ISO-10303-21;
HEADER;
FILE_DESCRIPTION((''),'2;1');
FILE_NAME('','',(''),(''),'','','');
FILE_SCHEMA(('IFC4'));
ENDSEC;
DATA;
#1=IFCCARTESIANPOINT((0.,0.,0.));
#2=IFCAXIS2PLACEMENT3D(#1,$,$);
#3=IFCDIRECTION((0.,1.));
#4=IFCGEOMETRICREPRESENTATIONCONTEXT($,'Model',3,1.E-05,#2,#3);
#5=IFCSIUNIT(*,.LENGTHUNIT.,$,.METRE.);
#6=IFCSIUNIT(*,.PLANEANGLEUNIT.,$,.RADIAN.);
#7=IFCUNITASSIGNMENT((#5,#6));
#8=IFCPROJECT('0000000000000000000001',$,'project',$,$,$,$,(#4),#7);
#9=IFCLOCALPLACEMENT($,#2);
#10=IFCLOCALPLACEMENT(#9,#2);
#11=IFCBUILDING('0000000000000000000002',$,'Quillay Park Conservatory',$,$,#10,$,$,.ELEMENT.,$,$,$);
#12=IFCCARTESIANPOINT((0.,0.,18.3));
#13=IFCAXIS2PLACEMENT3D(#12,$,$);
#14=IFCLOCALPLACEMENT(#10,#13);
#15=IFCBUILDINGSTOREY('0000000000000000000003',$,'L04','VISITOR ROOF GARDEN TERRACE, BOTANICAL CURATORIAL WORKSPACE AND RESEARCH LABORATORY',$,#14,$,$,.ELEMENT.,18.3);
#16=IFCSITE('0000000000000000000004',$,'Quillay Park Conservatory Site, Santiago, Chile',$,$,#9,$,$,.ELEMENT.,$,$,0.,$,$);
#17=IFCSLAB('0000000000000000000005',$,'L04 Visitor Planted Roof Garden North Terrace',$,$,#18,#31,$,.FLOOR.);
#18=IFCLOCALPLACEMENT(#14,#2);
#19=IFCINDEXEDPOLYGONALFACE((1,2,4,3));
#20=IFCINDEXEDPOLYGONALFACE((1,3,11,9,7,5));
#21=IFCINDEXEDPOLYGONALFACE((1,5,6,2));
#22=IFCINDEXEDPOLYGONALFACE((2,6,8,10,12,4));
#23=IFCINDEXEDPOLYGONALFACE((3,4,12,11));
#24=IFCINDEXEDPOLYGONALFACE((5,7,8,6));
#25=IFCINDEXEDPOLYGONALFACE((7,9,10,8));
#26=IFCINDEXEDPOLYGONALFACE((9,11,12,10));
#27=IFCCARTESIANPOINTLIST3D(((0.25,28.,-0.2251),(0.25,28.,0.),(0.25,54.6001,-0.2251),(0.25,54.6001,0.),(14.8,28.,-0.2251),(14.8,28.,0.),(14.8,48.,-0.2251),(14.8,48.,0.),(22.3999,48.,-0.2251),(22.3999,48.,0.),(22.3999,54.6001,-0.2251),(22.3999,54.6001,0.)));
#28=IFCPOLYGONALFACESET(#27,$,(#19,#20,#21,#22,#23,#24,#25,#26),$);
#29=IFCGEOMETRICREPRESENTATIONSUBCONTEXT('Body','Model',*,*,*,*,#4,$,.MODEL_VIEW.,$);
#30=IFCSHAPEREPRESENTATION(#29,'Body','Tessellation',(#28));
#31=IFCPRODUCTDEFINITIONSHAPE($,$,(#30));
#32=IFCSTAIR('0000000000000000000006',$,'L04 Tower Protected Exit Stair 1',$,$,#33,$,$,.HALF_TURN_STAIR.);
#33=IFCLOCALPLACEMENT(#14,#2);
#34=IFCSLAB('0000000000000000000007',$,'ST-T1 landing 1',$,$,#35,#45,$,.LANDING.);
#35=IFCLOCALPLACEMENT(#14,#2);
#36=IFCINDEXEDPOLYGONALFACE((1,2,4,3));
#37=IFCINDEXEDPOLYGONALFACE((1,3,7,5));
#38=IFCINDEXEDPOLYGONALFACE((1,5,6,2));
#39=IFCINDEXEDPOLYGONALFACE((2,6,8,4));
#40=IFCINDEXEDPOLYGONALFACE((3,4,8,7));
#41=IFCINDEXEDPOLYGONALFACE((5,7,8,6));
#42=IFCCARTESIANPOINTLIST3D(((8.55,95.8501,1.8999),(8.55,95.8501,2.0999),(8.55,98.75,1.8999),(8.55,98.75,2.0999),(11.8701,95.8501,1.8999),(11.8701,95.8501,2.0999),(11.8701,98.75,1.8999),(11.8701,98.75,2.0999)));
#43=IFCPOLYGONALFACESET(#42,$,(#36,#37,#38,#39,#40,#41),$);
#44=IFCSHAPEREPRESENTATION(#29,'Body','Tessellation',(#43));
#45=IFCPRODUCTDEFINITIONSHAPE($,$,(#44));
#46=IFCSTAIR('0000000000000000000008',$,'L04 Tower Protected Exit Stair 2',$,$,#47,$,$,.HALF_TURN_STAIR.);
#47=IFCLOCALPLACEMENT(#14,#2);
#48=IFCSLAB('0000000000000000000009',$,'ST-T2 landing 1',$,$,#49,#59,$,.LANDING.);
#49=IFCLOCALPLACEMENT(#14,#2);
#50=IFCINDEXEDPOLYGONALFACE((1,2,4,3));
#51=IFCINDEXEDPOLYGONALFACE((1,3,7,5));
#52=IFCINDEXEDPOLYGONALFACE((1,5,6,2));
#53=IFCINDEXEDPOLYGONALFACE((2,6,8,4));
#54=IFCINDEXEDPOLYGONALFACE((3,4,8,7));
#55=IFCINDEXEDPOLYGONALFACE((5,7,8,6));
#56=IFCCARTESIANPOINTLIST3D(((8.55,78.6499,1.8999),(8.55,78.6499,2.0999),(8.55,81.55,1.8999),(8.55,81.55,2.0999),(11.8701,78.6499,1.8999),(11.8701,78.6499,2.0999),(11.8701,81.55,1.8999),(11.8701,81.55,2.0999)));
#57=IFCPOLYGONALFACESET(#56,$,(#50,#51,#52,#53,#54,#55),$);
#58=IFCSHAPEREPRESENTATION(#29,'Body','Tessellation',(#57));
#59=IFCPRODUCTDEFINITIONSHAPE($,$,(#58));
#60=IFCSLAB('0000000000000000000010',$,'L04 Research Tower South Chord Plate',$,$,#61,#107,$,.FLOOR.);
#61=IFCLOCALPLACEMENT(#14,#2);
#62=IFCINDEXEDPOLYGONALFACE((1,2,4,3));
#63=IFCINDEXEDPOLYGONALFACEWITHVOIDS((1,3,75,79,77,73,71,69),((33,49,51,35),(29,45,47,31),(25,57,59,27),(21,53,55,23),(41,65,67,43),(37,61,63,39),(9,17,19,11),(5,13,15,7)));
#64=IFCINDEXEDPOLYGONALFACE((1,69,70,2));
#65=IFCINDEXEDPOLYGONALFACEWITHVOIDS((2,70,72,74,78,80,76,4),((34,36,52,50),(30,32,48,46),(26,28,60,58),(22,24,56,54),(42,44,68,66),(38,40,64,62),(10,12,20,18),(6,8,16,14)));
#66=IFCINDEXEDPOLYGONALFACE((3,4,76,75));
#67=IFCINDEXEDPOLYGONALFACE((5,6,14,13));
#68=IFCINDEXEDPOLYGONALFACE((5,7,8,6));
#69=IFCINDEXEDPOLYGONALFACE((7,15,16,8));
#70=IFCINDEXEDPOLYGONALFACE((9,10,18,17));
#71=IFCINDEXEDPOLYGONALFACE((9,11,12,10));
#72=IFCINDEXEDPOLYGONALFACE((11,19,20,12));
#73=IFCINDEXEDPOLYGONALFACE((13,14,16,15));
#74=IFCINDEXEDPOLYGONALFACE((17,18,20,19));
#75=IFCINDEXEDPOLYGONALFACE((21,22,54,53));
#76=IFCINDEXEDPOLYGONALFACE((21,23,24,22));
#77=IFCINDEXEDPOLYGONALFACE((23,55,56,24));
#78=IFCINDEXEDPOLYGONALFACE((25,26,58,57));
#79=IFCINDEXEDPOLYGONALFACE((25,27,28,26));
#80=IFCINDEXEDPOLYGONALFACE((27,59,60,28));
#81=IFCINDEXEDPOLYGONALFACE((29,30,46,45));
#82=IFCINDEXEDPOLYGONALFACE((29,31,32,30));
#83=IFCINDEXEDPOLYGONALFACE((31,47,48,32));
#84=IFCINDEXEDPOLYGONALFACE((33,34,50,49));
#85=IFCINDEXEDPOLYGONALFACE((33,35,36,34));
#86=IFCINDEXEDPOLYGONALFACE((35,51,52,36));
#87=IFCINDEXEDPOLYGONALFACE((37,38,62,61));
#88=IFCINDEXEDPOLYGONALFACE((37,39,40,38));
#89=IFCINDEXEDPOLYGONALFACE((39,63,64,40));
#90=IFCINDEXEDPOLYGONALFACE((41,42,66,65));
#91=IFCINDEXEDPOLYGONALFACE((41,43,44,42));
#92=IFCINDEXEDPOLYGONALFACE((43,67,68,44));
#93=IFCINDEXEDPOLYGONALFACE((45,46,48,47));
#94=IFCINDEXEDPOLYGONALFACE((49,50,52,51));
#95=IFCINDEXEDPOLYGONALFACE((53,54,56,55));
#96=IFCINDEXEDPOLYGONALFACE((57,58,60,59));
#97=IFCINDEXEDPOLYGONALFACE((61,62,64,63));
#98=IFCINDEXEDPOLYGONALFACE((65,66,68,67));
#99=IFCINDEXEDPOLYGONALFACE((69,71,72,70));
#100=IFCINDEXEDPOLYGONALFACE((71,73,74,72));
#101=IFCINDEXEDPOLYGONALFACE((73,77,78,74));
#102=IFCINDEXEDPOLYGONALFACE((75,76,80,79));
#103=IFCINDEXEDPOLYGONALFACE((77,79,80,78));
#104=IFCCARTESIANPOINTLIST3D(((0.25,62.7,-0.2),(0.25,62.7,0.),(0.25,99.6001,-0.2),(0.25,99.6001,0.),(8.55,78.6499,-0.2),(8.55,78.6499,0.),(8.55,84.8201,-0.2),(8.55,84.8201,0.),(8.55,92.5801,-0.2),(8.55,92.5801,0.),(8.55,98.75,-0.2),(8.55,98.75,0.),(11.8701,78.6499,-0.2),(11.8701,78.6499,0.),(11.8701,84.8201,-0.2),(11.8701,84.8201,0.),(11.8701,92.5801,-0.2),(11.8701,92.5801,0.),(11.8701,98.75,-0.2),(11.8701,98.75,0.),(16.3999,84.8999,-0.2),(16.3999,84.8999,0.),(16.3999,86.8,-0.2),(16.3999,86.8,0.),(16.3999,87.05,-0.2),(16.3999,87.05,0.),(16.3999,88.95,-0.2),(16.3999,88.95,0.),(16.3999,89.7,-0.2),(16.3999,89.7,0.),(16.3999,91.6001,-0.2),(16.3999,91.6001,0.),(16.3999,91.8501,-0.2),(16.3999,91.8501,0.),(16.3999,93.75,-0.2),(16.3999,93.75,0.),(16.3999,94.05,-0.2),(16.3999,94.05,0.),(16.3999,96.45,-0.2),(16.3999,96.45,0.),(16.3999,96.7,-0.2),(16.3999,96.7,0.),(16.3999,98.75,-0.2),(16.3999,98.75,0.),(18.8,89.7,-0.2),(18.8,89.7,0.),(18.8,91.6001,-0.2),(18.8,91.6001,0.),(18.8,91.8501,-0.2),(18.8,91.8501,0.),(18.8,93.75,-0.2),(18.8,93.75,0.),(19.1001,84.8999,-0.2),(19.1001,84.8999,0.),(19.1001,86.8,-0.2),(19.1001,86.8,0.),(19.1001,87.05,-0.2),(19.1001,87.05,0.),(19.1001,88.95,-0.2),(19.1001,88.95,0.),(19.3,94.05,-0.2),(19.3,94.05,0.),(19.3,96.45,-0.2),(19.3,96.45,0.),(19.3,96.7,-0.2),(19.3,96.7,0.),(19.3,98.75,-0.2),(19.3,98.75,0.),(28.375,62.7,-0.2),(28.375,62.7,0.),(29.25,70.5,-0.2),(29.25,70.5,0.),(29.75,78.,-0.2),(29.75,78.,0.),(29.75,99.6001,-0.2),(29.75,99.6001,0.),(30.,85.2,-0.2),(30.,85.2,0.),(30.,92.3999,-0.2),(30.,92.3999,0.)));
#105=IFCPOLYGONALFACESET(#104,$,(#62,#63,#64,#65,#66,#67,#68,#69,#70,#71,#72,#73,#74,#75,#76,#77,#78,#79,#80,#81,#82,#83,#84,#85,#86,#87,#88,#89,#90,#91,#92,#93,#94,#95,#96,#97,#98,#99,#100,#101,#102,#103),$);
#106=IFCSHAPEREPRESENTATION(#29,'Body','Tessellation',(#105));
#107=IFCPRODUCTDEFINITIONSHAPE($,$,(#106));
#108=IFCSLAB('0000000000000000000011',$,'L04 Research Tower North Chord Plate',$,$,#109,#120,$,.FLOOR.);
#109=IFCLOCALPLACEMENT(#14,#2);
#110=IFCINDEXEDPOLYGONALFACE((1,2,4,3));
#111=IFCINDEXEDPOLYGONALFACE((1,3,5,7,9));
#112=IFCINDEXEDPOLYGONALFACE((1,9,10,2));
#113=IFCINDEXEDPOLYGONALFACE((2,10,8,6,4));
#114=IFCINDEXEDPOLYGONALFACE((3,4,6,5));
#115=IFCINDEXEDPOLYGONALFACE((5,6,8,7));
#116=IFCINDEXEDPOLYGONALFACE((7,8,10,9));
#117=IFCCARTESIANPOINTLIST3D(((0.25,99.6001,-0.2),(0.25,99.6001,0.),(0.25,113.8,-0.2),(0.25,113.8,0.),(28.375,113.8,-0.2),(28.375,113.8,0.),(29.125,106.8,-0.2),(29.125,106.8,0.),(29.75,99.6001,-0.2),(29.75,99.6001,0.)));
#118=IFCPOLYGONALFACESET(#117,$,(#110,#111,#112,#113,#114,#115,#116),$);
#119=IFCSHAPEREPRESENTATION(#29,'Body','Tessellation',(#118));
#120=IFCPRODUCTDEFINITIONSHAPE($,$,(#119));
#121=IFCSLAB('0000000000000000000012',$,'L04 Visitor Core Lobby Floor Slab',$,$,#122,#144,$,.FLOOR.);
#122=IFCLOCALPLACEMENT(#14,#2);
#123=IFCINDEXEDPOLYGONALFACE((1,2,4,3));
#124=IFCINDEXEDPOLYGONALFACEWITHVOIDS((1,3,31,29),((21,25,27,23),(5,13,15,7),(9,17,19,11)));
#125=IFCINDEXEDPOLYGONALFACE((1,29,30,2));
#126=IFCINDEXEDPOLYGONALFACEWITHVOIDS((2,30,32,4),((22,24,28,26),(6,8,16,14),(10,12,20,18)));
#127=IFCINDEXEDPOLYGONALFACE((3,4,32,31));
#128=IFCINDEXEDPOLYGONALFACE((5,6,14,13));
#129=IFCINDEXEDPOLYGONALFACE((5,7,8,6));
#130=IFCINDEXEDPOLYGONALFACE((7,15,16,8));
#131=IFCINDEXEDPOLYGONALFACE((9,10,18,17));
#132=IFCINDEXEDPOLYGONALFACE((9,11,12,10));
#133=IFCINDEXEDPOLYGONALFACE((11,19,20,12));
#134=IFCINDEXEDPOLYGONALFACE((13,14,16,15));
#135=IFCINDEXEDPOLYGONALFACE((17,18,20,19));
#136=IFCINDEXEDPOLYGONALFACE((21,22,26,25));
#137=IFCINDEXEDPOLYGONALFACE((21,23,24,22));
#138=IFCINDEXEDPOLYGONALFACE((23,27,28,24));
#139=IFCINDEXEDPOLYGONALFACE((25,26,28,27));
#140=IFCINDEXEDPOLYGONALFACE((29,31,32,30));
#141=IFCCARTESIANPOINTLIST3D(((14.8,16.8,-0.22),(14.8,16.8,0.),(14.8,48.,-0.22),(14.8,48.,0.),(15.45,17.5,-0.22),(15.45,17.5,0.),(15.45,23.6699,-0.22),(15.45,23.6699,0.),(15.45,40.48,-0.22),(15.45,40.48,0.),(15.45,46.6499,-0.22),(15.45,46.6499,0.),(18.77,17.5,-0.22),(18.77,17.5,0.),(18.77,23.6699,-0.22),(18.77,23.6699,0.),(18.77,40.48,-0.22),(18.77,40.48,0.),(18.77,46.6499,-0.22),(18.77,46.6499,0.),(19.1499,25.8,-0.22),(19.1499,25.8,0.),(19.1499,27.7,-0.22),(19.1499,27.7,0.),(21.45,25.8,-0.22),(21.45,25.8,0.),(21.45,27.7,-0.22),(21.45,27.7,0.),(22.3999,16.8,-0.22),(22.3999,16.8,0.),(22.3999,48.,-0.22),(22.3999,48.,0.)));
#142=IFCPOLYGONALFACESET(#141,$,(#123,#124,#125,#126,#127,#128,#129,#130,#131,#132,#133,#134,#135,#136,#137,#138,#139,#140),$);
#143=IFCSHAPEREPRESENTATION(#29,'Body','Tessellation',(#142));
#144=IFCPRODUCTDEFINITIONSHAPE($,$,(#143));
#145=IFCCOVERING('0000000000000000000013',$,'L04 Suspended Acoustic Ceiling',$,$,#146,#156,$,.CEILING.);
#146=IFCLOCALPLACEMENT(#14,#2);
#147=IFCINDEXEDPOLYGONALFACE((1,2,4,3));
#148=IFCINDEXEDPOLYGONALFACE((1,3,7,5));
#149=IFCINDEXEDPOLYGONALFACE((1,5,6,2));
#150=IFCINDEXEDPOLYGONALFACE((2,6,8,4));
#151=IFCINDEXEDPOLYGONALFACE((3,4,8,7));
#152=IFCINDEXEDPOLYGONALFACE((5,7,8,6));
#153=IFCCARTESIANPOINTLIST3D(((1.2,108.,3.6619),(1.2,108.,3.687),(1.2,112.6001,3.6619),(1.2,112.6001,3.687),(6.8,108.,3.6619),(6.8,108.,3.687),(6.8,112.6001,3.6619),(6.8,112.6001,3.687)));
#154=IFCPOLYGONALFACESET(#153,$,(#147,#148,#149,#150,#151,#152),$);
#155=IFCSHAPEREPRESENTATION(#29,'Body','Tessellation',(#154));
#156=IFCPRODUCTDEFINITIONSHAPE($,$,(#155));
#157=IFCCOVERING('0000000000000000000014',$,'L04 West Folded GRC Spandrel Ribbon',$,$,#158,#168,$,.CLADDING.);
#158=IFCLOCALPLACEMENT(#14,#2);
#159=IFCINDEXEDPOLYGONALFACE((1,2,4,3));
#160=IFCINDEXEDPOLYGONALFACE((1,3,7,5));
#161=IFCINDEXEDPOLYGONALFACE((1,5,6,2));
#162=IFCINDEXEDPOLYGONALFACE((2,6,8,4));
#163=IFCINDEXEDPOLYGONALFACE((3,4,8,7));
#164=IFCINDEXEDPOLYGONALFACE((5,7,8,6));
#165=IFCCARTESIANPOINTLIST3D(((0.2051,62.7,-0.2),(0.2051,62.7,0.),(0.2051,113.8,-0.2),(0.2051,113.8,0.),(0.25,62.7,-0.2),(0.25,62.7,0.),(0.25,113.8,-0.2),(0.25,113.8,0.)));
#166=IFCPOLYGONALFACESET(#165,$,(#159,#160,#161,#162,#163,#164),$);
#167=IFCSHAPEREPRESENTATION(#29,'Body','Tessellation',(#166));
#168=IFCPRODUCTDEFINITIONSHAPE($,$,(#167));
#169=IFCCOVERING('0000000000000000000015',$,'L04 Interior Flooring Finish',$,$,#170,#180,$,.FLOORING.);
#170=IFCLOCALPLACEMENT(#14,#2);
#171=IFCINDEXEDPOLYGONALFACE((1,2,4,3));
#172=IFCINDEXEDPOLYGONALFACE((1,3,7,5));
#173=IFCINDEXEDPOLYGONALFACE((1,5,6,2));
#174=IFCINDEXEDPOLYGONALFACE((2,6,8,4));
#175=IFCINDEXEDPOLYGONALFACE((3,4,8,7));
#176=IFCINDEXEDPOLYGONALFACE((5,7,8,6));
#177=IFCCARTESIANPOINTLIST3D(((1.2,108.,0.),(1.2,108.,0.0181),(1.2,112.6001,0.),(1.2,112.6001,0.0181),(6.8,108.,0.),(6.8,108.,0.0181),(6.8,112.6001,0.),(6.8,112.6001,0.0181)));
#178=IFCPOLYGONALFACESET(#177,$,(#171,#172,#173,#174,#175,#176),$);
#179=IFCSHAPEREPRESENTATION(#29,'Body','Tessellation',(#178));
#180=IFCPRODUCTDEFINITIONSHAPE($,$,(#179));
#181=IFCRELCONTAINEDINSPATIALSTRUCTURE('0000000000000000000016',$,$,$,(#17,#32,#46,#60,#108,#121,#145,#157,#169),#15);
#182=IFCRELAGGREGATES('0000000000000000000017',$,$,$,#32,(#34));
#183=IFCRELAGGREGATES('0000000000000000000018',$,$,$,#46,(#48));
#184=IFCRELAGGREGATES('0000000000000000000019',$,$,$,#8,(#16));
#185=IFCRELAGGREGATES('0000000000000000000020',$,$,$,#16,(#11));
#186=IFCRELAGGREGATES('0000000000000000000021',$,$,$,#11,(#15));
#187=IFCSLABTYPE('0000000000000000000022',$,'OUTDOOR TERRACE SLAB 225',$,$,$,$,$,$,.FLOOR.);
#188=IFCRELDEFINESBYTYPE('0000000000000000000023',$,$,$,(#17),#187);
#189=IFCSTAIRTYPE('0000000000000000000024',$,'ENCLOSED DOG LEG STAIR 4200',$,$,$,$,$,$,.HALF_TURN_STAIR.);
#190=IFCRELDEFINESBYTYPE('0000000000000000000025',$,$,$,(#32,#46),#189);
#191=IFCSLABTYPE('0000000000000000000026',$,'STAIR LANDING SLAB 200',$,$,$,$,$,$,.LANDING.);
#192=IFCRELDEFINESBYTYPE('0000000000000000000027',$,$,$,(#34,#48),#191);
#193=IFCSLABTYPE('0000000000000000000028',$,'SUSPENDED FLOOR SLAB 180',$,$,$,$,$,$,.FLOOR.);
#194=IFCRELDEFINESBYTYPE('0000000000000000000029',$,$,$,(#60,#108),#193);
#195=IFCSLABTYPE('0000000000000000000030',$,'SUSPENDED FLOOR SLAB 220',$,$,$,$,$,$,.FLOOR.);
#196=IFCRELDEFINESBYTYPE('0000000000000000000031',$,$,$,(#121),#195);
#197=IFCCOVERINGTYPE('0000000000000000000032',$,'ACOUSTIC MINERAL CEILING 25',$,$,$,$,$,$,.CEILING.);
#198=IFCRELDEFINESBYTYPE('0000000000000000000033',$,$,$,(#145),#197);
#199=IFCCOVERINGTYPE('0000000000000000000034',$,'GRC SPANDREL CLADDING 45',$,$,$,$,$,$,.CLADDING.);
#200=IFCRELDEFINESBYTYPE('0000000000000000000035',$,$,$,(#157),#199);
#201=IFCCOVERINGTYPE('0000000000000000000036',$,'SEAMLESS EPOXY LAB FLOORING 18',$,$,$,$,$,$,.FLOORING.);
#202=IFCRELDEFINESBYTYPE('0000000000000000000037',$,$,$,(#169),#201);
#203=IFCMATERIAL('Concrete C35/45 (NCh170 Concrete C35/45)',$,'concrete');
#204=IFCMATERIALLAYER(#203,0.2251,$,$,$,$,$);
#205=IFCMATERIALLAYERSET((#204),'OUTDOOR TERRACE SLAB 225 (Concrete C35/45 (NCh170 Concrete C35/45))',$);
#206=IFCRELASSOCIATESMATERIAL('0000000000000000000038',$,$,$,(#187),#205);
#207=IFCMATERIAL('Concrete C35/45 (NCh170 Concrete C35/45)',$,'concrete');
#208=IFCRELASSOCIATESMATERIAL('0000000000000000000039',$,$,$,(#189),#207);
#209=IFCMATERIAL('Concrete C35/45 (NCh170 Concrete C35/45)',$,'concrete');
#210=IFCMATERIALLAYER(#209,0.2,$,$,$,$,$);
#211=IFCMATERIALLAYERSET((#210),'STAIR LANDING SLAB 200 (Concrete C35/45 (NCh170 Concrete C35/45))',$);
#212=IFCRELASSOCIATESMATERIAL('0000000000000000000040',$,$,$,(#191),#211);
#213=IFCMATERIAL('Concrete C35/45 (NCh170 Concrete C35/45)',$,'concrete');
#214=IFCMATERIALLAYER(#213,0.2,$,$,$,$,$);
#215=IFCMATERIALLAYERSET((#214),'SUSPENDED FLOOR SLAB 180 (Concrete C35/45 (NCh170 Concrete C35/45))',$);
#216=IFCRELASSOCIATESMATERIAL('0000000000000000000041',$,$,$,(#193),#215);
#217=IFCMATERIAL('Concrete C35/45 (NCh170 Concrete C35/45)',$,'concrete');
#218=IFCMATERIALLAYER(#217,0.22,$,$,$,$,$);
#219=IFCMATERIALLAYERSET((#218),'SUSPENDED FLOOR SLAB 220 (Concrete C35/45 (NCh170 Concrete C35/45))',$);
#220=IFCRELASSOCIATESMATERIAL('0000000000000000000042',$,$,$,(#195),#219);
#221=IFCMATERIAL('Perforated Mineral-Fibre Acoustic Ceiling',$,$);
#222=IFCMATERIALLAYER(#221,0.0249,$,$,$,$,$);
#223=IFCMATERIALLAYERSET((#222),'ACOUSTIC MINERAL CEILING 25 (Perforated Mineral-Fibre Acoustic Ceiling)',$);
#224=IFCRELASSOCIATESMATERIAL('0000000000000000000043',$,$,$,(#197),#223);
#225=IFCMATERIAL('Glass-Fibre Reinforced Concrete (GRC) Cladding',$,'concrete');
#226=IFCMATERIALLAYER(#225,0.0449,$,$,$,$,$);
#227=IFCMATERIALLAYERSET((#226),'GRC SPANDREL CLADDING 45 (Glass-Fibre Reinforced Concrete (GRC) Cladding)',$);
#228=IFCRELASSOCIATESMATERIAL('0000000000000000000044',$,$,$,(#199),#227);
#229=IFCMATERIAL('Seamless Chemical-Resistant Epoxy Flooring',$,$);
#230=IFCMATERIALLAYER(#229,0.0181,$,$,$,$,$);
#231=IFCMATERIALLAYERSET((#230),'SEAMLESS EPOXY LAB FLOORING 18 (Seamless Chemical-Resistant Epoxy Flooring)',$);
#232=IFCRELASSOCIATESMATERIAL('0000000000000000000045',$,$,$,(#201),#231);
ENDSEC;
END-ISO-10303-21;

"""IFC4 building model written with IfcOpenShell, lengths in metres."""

from ifc_helpers import new_model, si_unit, direction, frame, origin, place, context, subcontext, project, spatial, polyline, outline, extrude, material, layer, layer_set, type_object, element, aggregate, save


model = new_model("IFC4")

# Units and contexts
model_context = context("Model", 3, precision=1e-05, world=origin(), true_north=direction((0.0, 1.0)))
body_context = subcontext(model_context, "Body", "Model", "MODEL_VIEW")
ifc_project = project(units=[si_unit("LENGTHUNIT", "METRE"), si_unit("PLANEANGLEUNIT", "RADIAN")], contexts=[model_context])

# Site, building, storey
site_placement = place(None, origin())
site = spatial("IfcSite", under=ifc_project, at=site_placement, Name="Quillay Park Conservatory Site, Santiago, Chile", CompositionType="ELEMENT", RefElevation=0.0)
building_placement = place(site_placement, origin())
building = spatial("IfcBuilding", under=site, at=building_placement, Name="Quillay Park Conservatory", CompositionType="ELEMENT")
storey_placement = place(building_placement, frame((0.0, 0.0, 18.3)))
storey = spatial("IfcBuildingStorey", under=building, at=storey_placement, Name="L04", Description="VISITOR ROOF GARDEN TERRACE, BOTANICAL CURATORIAL WORKSPACE AND RESEARCH LABORATORY", CompositionType="ELEMENT", Elevation=18.3)

# Slab
ifc_material_1 = material(Name="Concrete C35/45 (NCh170 Concrete C35/45)", Category="concrete")
ifc_layer_1 = layer(ifc_material_1, 0.2251)
ifc_layer_set_1 = layer_set([ifc_layer_1], Name="OUTDOOR TERRACE SLAB 225 (Concrete C35/45 (NCh170 Concrete C35/45))")
slab_type_1 = type_object("IfcSlabType", Name="OUTDOOR TERRACE SLAB 225", PredefinedType="FLOOR", material=ifc_layer_set_1)
slab_1_placement = place(storey_placement, frame((0.0, 0.0, -0.2251)))
element("IfcSlab", 1, at=slab_1_placement, inside=storey, type_object=slab_type_1, Name="L04 Visitor Planted Roof Garden North Terrace", PredefinedType="FLOOR", context=body_context, shape_type="SweptSolid", body=[
    extrude(outline(polyline([(0.25, 28.0), (14.8, 28.0), (14.8, 48.0), (22.3999, 48.0), (22.3999, 54.6001), (0.25, 54.6001), (0.25, 28.0)])), origin(), (0.0, 0.0, 1.0), 0.2251),
])

# Stairs, slabs
ifc_material_2 = material(Name="Concrete C35/45 (NCh170 Concrete C35/45)", Category="concrete")
stair_type = type_object("IfcStairType", Name="ENCLOSED DOG LEG STAIR 4200", PredefinedType="HALF_TURN_STAIR", material=ifc_material_2)
stair_1_placement = place(storey_placement, origin())
stair_1 = element("IfcStair", 2, at=stair_1_placement, inside=storey, type_object=stair_type, Name="L04 Tower Protected Exit Stair 1", PredefinedType="HALF_TURN_STAIR")
ifc_material_3 = material(Name="Concrete C35/45 (NCh170 Concrete C35/45)", Category="concrete")
ifc_layer_2 = layer(ifc_material_3, 0.2)
ifc_layer_set_2 = layer_set([ifc_layer_2], Name="STAIR LANDING SLAB 200 (Concrete C35/45 (NCh170 Concrete C35/45))")
slab_type_2 = type_object("IfcSlabType", Name="STAIR LANDING SLAB 200", PredefinedType="LANDING", material=ifc_layer_set_2)
slab_2_placement = place(storey_placement, frame((0.0, 0.0, 1.8999)))
slab_2 = element("IfcSlab", 3, at=slab_2_placement, type_object=slab_type_2, Name="ST-T1 landing 1", PredefinedType="LANDING", context=body_context, shape_type="SweptSolid", body=[
    extrude(outline(polyline([(11.8701, 95.8501), (11.8701, 98.75), (8.55, 98.75), (8.55, 95.8501), (11.8701, 95.8501)])), origin(), (0.0, 0.0, 1.0), 0.2),
])
aggregate(stair_1, [slab_2])
stair_2_placement = place(storey_placement, origin())
stair_2 = element("IfcStair", 4, at=stair_2_placement, inside=storey, type_object=stair_type, Name="L04 Tower Protected Exit Stair 2", PredefinedType="HALF_TURN_STAIR")
slab_3_placement = place(storey_placement, frame((0.0, 0.0, 1.8999)))
slab_3 = element("IfcSlab", 5, at=slab_3_placement, type_object=slab_type_2, Name="ST-T2 landing 1", PredefinedType="LANDING", context=body_context, shape_type="SweptSolid", body=[
    extrude(outline(polyline([(8.55, 81.55), (8.55, 78.6499), (11.8701, 78.6499), (11.8701, 81.55), (8.55, 81.55)])), origin(), (0.0, 0.0, 1.0), 0.2),
])
aggregate(stair_2, [slab_3])

# Slabs
ifc_material_4 = material(Name="Concrete C35/45 (NCh170 Concrete C35/45)", Category="concrete")
ifc_layer_3 = layer(ifc_material_4, 0.2)
ifc_layer_set_3 = layer_set([ifc_layer_3], Name="SUSPENDED FLOOR SLAB 180 (Concrete C35/45 (NCh170 Concrete C35/45))")
slab_type_3 = type_object("IfcSlabType", Name="SUSPENDED FLOOR SLAB 180", PredefinedType="FLOOR", material=ifc_layer_set_3)
slab_4_placement = place(storey_placement, frame((0.0, 0.0, -0.2)))
element("IfcSlab", 6, at=slab_4_placement, inside=storey, type_object=slab_type_3, Name="L04 Research Tower South Chord Plate", PredefinedType="FLOOR", context=body_context, shape_type="SweptSolid", body=[
    extrude(outline(polyline([(0.25, 62.7), (28.375, 62.7), (29.25, 70.5), (29.75, 78.0), (30.0, 85.2), (30.0, 92.3999), (29.75, 99.6001), (0.25, 99.6001), (0.25, 62.7)]), holes=[polyline([(8.55, 92.5801), (11.8701, 92.5801), (11.8701, 98.75), (8.55, 98.75), (8.55, 92.5801)]), polyline([(8.55, 78.6499), (11.8701, 78.6499), (11.8701, 84.8201), (8.55, 84.8201), (8.55, 78.6499)]), polyline([(16.3999, 84.8999), (19.1001, 84.8999), (19.1001, 86.8), (16.3999, 86.8), (16.3999, 84.8999)]), polyline([(16.3999, 87.05), (19.1001, 87.05), (19.1001, 88.95), (16.3999, 88.95), (16.3999, 87.05)]), polyline([(16.3999, 89.7), (18.8, 89.7), (18.8, 91.6001), (16.3999, 91.6001), (16.3999, 89.7)]), polyline([(16.3999, 91.8501), (18.8, 91.8501), (18.8, 93.75), (16.3999, 93.75), (16.3999, 91.8501)]), polyline([(16.3999, 94.05), (19.3, 94.05), (19.3, 96.45), (16.3999, 96.45), (16.3999, 94.05)]), polyline([(16.3999, 96.7), (19.3, 96.7), (19.3, 98.75), (16.3999, 98.75), (16.3999, 96.7)])]), origin(), (0.0, 0.0, 1.0), 0.2),
])
slab_5_placement = place(storey_placement, frame((0.0, 0.0, -0.2)))
element("IfcSlab", 7, at=slab_5_placement, inside=storey, type_object=slab_type_3, Name="L04 Research Tower North Chord Plate", PredefinedType="FLOOR", context=body_context, shape_type="SweptSolid", body=[
    extrude(outline(polyline([(0.25, 99.6001), (29.75, 99.6001), (29.125, 106.8), (28.375, 113.8), (0.25, 113.8), (0.25, 99.6001)])), origin(), (0.0, 0.0, 1.0), 0.2),
])
ifc_material_5 = material(Name="Concrete C35/45 (NCh170 Concrete C35/45)", Category="concrete")
ifc_layer_4 = layer(ifc_material_5, 0.22)
ifc_layer_set_4 = layer_set([ifc_layer_4], Name="SUSPENDED FLOOR SLAB 220 (Concrete C35/45 (NCh170 Concrete C35/45))")
slab_type_4 = type_object("IfcSlabType", Name="SUSPENDED FLOOR SLAB 220", PredefinedType="FLOOR", material=ifc_layer_set_4)
slab_6_placement = place(storey_placement, frame((0.0, 0.0, -0.22)))
element("IfcSlab", 8, at=slab_6_placement, inside=storey, type_object=slab_type_4, Name="L04 Visitor Core Lobby Floor Slab", PredefinedType="FLOOR", context=body_context, shape_type="SweptSolid", body=[
    extrude(outline(polyline([(14.8, 16.8), (22.3999, 16.8), (22.3999, 48.0), (14.8, 48.0), (14.8, 16.8)]), holes=[polyline([(15.45, 17.5), (18.77, 17.5), (18.77, 23.6699), (15.45, 23.6699), (15.45, 17.5)]), polyline([(15.45, 40.48), (18.77, 40.48), (18.77, 46.6499), (15.45, 46.6499), (15.45, 40.48)]), polyline([(19.1499, 25.8), (21.45, 25.8), (21.45, 27.7), (19.1499, 27.7), (19.1499, 25.8)])]), origin(), (0.0, 0.0, 1.0), 0.22),
])

# Coverings
ifc_material_6 = material(Name="Perforated Mineral-Fibre Acoustic Ceiling")
ifc_layer_5 = layer(ifc_material_6, 0.0249)
ifc_layer_set_5 = layer_set([ifc_layer_5], Name="ACOUSTIC MINERAL CEILING 25 (Perforated Mineral-Fibre Acoustic Ceiling)")
covering_type_1 = type_object("IfcCoveringType", Name="ACOUSTIC MINERAL CEILING 25", PredefinedType="CEILING", material=ifc_layer_set_5)
covering_1_placement = place(storey_placement, frame((0.0, 0.0, 3.6619)))
element("IfcCovering", 9, at=covering_1_placement, inside=storey, type_object=covering_type_1, Name="L04 Suspended Acoustic Ceiling", PredefinedType="CEILING", context=body_context, shape_type="SweptSolid", body=[
    extrude(outline(polyline([(1.2, 108.0), (6.8, 108.0), (6.8, 112.6001), (1.2, 112.6001), (1.2, 108.0)])), origin(), (0.0, 0.0, 1.0), 0.0251),
])
ifc_material_7 = material(Name="Glass-Fibre Reinforced Concrete (GRC) Cladding", Category="concrete")
ifc_layer_6 = layer(ifc_material_7, 0.0449)
ifc_layer_set_6 = layer_set([ifc_layer_6], Name="GRC SPANDREL CLADDING 45 (Glass-Fibre Reinforced Concrete (GRC) Cladding)")
covering_type_2 = type_object("IfcCoveringType", Name="GRC SPANDREL CLADDING 45", PredefinedType="CLADDING", material=ifc_layer_set_6)
covering_2_placement = place(storey_placement, frame((0.0, 0.0, -0.2)))
element("IfcCovering", 10, at=covering_2_placement, inside=storey, type_object=covering_type_2, Name="L04 West Folded GRC Spandrel Ribbon", PredefinedType="CLADDING", context=body_context, shape_type="SweptSolid", body=[
    extrude(outline(polyline([(0.2051, 62.7), (0.25, 62.7), (0.25, 113.8), (0.2051, 113.8), (0.2051, 62.7)])), origin(), (0.0, 0.0, 1.0), 0.2),
])
ifc_material_8 = material(Name="Seamless Chemical-Resistant Epoxy Flooring")
ifc_layer_7 = layer(ifc_material_8, 0.0181)
ifc_layer_set_7 = layer_set([ifc_layer_7], Name="SEAMLESS EPOXY LAB FLOORING 18 (Seamless Chemical-Resistant Epoxy Flooring)")
covering_type_3 = type_object("IfcCoveringType", Name="SEAMLESS EPOXY LAB FLOORING 18", PredefinedType="FLOORING", material=ifc_layer_set_7)
covering_3_placement = place(storey_placement, origin())
element("IfcCovering", 11, at=covering_3_placement, inside=storey, type_object=covering_type_3, Name="L04 Interior Flooring Finish", PredefinedType="FLOORING", context=body_context, shape_type="SweptSolid", body=[
    extrude(outline(polyline([(1.2, 108.0), (6.8, 108.0), (6.8, 112.6001), (1.2, 112.6001), (1.2, 108.0)])), origin(), (0.0, 0.0, 1.0), 0.0181),
])

save(model, "model.ifc")
